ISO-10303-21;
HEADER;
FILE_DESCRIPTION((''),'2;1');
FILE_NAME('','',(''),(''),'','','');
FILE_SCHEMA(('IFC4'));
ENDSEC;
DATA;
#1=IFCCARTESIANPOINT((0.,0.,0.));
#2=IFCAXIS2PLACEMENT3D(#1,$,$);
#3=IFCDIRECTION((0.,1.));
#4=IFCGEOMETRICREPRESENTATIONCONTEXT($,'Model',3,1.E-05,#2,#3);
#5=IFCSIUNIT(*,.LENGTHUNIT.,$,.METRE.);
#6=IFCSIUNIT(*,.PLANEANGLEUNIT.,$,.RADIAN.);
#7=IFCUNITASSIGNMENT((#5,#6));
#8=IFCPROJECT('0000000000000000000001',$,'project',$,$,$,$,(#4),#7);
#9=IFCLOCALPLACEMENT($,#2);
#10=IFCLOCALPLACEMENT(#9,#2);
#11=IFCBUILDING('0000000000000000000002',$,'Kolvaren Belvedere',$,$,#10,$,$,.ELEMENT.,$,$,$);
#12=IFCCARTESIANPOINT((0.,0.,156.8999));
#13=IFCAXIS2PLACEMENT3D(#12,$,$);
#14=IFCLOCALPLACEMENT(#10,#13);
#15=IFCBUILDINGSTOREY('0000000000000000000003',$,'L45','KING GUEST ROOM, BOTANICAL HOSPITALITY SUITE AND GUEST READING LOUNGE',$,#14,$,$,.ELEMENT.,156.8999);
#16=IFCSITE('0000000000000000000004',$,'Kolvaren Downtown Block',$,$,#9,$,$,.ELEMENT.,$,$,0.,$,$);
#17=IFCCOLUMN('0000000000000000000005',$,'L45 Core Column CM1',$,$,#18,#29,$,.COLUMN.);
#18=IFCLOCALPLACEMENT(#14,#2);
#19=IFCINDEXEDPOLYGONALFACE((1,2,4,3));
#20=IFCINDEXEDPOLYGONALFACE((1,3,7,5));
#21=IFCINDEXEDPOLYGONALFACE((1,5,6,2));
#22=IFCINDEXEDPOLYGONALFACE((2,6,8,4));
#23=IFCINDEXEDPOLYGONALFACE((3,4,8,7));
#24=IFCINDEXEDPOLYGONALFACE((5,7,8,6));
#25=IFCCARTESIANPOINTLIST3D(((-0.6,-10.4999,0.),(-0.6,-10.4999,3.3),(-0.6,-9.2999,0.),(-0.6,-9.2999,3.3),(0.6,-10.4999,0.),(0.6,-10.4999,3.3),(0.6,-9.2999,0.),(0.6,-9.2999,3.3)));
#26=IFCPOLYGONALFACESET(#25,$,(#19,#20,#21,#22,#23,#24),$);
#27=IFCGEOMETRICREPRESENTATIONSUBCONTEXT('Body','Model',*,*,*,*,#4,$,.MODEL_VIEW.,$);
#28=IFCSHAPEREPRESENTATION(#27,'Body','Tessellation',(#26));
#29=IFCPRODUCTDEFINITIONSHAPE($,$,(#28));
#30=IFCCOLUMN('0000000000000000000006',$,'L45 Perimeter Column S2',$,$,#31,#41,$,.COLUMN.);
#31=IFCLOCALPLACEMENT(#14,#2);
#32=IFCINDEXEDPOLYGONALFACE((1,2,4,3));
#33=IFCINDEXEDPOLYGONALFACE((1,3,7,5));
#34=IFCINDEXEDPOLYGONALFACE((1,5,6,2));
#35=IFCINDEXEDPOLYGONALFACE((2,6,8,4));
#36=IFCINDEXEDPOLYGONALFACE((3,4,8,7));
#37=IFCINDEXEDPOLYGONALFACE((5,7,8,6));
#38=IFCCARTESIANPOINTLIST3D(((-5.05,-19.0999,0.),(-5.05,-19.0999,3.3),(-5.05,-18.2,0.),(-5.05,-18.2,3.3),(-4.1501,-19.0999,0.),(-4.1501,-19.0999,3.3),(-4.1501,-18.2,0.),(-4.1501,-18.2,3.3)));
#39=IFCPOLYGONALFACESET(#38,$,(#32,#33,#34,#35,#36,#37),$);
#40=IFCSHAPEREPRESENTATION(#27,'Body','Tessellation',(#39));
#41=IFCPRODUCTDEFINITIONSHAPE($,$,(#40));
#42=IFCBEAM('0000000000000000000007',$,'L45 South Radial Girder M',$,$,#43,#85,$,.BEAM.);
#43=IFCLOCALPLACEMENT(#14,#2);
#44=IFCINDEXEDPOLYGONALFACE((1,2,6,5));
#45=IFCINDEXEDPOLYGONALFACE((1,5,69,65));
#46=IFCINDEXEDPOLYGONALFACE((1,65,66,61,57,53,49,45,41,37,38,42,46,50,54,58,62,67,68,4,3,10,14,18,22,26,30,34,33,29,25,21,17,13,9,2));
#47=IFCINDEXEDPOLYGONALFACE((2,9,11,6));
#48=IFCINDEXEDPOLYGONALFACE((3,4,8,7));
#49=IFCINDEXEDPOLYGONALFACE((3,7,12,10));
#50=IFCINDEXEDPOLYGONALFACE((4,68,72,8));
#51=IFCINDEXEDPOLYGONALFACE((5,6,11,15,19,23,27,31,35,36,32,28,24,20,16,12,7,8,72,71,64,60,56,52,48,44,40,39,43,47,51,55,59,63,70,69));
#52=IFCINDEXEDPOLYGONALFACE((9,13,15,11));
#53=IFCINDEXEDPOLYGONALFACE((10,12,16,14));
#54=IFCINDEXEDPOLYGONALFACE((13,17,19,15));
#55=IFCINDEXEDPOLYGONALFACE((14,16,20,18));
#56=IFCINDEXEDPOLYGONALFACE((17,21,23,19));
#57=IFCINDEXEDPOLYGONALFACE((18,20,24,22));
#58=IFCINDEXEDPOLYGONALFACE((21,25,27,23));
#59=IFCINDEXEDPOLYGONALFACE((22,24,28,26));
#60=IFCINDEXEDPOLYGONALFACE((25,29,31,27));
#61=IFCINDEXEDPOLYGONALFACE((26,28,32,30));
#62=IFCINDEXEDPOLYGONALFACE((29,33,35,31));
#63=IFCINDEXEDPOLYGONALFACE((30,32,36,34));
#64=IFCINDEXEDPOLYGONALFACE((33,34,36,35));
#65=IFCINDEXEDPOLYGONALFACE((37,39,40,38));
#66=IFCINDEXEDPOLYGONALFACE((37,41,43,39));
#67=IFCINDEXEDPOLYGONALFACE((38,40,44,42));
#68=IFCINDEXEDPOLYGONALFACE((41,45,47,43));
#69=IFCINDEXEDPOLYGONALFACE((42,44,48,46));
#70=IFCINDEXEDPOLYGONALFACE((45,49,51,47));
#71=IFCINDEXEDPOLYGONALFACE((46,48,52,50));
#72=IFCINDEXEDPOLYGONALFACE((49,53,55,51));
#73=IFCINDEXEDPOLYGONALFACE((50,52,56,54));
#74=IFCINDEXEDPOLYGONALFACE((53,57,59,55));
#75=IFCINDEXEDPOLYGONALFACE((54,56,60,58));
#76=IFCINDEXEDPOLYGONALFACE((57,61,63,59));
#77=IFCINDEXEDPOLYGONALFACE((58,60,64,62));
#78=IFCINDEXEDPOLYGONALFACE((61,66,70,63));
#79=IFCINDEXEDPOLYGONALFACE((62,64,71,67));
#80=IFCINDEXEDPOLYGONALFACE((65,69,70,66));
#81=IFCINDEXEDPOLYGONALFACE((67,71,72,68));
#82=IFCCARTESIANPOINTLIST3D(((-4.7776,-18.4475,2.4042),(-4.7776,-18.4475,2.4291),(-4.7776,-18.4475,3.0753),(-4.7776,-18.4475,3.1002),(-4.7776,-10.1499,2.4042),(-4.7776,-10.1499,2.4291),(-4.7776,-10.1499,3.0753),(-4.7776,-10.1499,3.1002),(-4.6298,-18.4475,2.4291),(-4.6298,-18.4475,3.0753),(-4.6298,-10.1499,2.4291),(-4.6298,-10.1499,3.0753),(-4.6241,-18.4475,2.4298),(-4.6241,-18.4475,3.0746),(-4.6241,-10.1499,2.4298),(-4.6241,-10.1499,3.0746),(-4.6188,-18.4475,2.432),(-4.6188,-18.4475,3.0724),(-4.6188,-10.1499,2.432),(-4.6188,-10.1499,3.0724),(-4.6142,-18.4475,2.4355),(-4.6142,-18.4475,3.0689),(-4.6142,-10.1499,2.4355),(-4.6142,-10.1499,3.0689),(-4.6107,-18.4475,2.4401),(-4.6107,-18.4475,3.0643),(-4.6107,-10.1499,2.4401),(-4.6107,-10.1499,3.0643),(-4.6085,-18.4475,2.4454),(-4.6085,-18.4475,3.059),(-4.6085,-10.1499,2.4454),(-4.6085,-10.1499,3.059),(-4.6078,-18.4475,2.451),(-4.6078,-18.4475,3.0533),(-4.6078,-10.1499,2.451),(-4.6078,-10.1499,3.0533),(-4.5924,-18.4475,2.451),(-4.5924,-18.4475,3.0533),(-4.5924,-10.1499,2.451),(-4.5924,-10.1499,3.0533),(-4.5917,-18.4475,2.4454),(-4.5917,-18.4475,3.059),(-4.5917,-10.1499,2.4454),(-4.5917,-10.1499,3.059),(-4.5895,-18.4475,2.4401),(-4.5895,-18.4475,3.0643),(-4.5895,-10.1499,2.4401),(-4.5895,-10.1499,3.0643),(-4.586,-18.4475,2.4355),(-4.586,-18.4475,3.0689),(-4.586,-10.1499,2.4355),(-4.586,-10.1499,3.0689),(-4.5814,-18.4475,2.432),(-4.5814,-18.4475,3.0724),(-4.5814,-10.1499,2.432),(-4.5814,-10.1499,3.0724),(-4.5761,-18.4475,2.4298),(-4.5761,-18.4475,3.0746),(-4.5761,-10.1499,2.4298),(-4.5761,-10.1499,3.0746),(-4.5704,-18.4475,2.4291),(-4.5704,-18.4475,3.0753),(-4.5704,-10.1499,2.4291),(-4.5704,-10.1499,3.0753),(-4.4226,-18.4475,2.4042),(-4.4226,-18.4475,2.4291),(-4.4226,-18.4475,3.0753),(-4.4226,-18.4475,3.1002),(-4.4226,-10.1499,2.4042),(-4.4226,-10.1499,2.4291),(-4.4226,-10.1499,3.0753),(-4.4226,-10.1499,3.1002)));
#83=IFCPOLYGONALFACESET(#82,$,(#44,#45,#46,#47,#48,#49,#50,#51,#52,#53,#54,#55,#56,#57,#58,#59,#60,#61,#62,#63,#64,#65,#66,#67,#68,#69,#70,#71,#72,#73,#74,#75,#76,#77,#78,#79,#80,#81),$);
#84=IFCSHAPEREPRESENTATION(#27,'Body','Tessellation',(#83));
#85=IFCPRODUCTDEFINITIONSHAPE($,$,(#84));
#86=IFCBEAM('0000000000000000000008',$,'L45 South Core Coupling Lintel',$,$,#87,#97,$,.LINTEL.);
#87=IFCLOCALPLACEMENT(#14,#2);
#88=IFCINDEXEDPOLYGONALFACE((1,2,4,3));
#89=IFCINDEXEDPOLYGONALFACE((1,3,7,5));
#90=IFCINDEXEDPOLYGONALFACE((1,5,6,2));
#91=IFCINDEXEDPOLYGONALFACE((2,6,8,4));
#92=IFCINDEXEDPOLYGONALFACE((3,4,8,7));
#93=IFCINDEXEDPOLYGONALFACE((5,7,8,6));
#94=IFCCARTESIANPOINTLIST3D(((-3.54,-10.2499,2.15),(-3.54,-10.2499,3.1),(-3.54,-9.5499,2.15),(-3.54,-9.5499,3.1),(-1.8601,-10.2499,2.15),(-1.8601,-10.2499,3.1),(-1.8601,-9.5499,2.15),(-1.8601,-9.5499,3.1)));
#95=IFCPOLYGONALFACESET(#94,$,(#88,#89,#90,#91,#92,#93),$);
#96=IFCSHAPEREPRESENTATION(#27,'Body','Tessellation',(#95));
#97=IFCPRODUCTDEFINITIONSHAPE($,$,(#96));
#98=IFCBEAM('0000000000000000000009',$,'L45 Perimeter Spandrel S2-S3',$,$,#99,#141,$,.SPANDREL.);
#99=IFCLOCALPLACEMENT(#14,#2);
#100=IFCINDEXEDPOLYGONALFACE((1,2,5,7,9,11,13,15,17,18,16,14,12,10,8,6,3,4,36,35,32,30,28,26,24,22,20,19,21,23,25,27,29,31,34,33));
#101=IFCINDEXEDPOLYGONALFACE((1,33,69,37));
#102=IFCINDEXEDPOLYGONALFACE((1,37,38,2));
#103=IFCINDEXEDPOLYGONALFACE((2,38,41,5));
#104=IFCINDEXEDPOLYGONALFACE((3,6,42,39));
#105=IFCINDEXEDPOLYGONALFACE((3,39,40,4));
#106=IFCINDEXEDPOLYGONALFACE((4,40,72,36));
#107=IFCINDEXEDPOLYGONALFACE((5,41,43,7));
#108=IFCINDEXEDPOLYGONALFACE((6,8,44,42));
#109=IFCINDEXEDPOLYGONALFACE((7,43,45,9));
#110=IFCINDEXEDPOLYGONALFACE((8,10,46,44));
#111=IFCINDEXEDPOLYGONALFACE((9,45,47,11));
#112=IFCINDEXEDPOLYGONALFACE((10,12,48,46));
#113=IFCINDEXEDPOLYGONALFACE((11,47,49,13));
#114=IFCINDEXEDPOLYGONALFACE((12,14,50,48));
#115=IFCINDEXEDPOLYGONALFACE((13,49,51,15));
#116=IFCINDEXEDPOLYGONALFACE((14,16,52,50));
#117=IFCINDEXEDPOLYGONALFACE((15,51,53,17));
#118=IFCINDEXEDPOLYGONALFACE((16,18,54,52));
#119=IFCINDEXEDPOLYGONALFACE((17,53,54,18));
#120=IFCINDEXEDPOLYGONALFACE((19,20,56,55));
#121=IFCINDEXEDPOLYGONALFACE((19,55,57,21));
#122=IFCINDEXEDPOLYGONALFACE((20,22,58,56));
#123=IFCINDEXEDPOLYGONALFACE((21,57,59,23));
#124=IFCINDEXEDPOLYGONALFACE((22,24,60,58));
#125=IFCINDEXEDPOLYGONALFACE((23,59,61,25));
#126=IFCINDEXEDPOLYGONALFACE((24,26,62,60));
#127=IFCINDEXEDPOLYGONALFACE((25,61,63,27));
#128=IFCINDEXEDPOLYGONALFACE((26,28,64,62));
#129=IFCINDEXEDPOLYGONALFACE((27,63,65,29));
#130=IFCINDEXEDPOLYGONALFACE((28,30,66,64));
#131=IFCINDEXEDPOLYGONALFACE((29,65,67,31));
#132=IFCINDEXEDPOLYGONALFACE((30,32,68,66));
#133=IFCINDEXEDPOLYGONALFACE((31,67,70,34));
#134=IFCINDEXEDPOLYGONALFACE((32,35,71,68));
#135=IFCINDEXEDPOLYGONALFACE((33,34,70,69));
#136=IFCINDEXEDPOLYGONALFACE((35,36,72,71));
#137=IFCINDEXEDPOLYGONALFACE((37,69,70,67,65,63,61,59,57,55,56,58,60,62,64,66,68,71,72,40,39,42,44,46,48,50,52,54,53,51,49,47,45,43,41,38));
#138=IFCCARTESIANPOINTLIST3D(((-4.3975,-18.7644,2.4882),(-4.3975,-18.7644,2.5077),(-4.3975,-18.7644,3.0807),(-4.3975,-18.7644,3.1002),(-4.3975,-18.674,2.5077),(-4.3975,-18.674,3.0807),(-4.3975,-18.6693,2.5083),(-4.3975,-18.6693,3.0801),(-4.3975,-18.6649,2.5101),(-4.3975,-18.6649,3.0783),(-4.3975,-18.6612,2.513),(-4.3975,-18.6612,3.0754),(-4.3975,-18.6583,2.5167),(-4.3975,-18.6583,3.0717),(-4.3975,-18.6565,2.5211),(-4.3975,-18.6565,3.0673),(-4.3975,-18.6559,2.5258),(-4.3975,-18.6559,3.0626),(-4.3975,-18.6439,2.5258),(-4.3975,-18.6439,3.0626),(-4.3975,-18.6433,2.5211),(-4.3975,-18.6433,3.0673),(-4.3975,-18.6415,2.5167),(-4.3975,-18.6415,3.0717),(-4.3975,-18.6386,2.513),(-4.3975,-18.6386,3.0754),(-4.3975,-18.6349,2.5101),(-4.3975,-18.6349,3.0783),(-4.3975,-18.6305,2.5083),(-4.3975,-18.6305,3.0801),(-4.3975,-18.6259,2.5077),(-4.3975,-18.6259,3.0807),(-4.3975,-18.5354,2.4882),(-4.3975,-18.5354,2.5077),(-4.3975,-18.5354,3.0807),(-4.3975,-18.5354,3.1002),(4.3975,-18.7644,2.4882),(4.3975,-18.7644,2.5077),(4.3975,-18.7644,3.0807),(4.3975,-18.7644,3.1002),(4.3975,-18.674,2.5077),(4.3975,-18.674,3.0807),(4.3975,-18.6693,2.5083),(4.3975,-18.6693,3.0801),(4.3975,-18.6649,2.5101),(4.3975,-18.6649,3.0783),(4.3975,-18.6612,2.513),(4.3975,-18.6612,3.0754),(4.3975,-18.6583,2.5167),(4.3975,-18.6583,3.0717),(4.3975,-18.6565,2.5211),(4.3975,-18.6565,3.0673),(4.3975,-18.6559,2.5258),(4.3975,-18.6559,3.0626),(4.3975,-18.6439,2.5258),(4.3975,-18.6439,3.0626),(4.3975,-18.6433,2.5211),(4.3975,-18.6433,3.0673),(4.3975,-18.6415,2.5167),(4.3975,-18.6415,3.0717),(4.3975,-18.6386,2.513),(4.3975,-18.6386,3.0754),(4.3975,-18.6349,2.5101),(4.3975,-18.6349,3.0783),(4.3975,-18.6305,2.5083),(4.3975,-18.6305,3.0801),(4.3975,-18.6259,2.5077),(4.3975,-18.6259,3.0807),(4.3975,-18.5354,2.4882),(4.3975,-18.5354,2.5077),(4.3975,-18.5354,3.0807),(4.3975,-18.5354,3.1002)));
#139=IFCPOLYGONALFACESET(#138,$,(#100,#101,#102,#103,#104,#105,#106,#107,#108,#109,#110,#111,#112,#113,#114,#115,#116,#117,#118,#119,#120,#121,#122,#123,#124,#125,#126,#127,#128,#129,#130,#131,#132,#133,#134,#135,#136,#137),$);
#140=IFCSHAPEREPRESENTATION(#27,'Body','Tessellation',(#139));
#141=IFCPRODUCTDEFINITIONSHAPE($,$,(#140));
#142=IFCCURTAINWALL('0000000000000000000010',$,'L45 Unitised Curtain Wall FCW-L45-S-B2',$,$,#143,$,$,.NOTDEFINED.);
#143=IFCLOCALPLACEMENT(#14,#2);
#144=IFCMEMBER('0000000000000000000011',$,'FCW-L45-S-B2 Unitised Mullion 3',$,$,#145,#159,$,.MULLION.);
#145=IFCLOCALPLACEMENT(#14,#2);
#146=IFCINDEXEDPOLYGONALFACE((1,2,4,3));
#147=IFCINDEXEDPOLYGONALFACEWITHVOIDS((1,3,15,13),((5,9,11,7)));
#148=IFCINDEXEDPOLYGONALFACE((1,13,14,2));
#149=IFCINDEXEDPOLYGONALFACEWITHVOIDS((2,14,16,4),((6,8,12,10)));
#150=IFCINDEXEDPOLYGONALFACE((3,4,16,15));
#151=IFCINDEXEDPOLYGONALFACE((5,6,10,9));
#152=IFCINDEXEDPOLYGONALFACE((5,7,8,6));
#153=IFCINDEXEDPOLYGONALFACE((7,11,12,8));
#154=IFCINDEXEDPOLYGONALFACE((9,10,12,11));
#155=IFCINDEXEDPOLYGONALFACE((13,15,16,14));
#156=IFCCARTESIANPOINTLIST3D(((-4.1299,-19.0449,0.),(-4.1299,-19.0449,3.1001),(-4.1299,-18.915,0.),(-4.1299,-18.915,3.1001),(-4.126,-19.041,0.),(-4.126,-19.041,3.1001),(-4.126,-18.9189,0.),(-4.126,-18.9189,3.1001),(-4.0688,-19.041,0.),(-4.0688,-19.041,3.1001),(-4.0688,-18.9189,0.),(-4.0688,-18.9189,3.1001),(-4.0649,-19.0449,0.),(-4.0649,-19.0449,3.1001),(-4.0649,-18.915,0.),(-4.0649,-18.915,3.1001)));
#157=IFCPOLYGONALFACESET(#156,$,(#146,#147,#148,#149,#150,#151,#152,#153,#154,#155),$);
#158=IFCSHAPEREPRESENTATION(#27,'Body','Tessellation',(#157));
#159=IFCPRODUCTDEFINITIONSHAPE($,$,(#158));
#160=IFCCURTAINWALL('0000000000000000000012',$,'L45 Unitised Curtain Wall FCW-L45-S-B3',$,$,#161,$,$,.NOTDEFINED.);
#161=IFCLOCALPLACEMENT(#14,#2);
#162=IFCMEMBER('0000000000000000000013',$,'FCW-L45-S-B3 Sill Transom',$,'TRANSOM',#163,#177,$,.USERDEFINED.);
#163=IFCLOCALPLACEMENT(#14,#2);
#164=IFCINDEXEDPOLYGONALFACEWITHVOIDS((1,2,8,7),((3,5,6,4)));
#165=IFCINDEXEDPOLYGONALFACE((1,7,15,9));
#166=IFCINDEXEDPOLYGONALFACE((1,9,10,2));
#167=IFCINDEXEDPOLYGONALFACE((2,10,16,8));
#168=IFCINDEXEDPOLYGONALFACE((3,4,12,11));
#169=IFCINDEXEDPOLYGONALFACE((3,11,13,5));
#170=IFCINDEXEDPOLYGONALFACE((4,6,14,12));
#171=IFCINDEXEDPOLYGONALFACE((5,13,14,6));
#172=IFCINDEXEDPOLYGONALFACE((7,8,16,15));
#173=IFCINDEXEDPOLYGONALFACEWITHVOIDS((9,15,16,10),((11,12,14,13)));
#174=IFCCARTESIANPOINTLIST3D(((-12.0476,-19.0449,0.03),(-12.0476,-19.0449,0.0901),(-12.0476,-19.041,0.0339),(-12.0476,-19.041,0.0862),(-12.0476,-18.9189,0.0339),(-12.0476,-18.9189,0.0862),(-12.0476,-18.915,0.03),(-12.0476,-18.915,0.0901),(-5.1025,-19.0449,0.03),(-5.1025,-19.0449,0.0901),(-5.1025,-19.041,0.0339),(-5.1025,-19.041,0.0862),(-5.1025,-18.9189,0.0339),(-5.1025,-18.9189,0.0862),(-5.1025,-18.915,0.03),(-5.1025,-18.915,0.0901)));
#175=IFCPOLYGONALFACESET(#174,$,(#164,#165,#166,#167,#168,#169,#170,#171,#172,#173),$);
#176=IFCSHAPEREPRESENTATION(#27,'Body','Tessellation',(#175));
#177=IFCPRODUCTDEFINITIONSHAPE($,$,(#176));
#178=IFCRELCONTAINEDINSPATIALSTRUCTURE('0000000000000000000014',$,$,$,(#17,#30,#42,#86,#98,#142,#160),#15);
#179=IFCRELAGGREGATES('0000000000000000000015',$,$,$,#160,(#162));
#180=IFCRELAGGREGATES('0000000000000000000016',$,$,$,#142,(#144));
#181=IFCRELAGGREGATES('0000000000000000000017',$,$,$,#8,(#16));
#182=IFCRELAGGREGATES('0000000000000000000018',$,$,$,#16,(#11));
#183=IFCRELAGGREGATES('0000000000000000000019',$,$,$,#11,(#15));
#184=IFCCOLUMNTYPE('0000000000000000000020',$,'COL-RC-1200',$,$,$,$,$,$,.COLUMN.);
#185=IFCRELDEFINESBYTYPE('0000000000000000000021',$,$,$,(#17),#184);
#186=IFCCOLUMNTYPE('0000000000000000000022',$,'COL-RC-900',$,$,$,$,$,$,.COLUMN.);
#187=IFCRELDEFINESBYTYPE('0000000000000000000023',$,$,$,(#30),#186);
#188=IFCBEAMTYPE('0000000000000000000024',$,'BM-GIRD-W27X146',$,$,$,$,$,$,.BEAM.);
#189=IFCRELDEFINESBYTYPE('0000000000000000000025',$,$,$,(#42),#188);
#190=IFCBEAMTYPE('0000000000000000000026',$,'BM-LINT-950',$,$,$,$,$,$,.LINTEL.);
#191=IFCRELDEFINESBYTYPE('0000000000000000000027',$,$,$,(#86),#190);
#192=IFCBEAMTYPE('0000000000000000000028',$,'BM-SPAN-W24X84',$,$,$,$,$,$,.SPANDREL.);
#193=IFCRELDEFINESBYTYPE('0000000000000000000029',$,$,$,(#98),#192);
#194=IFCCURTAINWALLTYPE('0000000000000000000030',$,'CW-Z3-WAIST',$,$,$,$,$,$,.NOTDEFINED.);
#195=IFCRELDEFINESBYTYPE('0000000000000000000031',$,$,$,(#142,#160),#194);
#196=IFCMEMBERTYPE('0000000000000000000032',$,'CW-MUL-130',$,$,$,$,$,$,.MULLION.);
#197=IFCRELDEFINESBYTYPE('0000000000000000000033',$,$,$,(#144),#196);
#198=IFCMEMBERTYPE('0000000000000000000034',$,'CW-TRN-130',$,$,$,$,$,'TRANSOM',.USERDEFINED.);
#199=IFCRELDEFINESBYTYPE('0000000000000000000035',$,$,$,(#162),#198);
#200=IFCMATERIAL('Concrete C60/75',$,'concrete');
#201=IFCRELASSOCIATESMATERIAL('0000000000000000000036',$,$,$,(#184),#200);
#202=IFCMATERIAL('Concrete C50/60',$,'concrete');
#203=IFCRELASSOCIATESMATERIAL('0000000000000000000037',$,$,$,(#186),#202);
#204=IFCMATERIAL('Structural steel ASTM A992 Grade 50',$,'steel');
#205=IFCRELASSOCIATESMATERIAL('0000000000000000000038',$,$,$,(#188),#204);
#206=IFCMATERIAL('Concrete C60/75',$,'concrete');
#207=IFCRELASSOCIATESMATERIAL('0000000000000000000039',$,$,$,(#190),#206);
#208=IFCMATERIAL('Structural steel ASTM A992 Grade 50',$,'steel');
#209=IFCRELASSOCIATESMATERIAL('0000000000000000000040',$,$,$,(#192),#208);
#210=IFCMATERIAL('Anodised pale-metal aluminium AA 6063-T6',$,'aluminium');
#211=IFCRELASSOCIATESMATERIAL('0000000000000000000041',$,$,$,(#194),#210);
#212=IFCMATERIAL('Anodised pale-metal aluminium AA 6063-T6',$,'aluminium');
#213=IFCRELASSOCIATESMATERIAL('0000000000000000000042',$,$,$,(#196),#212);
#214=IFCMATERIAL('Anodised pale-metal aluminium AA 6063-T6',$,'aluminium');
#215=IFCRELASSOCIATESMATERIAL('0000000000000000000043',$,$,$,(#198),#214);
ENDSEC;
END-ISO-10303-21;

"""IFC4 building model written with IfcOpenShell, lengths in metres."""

from ifc_helpers import new_model, si_unit, direction, frame, origin, origin_2d, place, context, subcontext, project, spatial, rectangle, hollow_rectangle, i_section, extrude, material, material_profile, profile_set, type_object, element, aggregate, save


model = new_model("IFC4")

# Units and contexts
model_context = context("Model", 3, precision=1e-05, world=origin(), true_north=direction((0.0, 1.0)))
body_context = subcontext(model_context, "Body", "Model", "MODEL_VIEW")
ifc_project = project(units=[si_unit("LENGTHUNIT", "METRE"), si_unit("PLANEANGLEUNIT", "RADIAN")], contexts=[model_context])

# Site, building, storey
site_placement = place(None, origin())
site = spatial("IfcSite", under=ifc_project, at=site_placement, Name="Kolvaren Downtown Block", CompositionType="ELEMENT", RefElevation=0.0)
building_placement = place(site_placement, origin())
building = spatial("IfcBuilding", under=site, at=building_placement, Name="Kolvaren Belvedere", CompositionType="ELEMENT")
storey_placement = place(building_placement, frame((0.0, 0.0, 156.8999)))
storey = spatial("IfcBuildingStorey", under=building, at=storey_placement, Name="L45", Description="KING GUEST ROOM, BOTANICAL HOSPITALITY SUITE AND GUEST READING LOUNGE", CompositionType="ELEMENT", Elevation=156.8999)

# Columns
ifc_material_1 = material(Name="Concrete C60/75", Category="concrete")
ifc_material_profile_1 = material_profile(ifc_material_1, rectangle(XDim=1.2, YDim=1.2, at=origin_2d()), Name="RC 1200X1200")
ifc_profile_set_1 = profile_set([ifc_material_profile_1], Name="Concrete C60/75")
column_type_1 = type_object("IfcColumnType", Name="COL-RC-1200", PredefinedType="COLUMN", material=ifc_profile_set_1)
column_1_placement = place(storey_placement, frame((0.0, -9.8999, 0.0), z_axis=(0.0, 0.0, 1.0), x_axis=(1.0, 0.0, 0.0)))
element("IfcColumn", 1, at=column_1_placement, inside=storey, type_object=column_type_1, Name="L45 Core Column CM1", PredefinedType="COLUMN", context=body_context, shape_type="SweptSolid", body=[
    extrude(rectangle(XDim=1.2, YDim=1.2, at=origin_2d()), origin(), (0.0, 0.0, 1.0), 3.3),
])
ifc_material_2 = material(Name="Concrete C50/60", Category="concrete")
ifc_material_profile_2 = material_profile(ifc_material_2, rectangle(XDim=0.8999, YDim=0.8999, at=origin_2d()), Name="RC 900X900")
ifc_profile_set_2 = profile_set([ifc_material_profile_2], Name="Concrete C50/60")
column_type_2 = type_object("IfcColumnType", Name="COL-RC-900", PredefinedType="COLUMN", material=ifc_profile_set_2)
column_2_placement = place(storey_placement, frame((-4.6001, -18.6499, 0.0), z_axis=(0.0, 0.0, 1.0), x_axis=(1.0, 0.0, 0.0)))
element("IfcColumn", 2, at=column_2_placement, inside=storey, type_object=column_type_2, Name="L45 Perimeter Column S2", PredefinedType="COLUMN", context=body_context, shape_type="SweptSolid", body=[
    extrude(rectangle(XDim=0.8999, YDim=0.8999, at=origin_2d()), origin(), (0.0, 0.0, 1.0), 3.3),
])

# Beams
ifc_material_3 = material(Name="Structural steel ASTM A992 Grade 50", Category="steel")
ifc_material_profile_3 = material_profile(ifc_material_3, i_section(OverallWidth=0.355, OverallDepth=0.696, WebThickness=0.0154, FlangeThickness=0.0249, FilletRadius=0.022, at=origin_2d()), Name="W27X146")
ifc_profile_set_3 = profile_set([ifc_material_profile_3], Name="Structural steel ASTM A992 Grade 50")
beam_type_1 = type_object("IfcBeamType", Name="BM-GIRD-W27X146", PredefinedType="BEAM", material=ifc_profile_set_3)
beam_1_placement = place(storey_placement, frame((-4.6001, -10.1499, 2.7522), z_axis=(0.0, -1.0, 0.0), x_axis=(1.0, 0.0, 0.0)))
element("IfcBeam", 3, at=beam_1_placement, inside=storey, type_object=beam_type_1, Name="L45 South Radial Girder M", PredefinedType="BEAM", context=body_context, shape_type="SweptSolid", body=[
    extrude(i_section(OverallWidth=0.355, OverallDepth=0.696, WebThickness=0.0154, FlangeThickness=0.0249, FilletRadius=0.022, at=origin_2d()), origin(), (0.0, 0.0, 1.0), 8.2976),
])
ifc_material_4 = material(Name="Concrete C60/75", Category="concrete")
ifc_material_profile_4 = material_profile(ifc_material_4, rectangle(XDim=0.7, YDim=0.95, at=origin_2d()), Name="RC 700X950")
ifc_profile_set_4 = profile_set([ifc_material_profile_4], Name="Concrete C60/75")
beam_type_2 = type_object("IfcBeamType", Name="BM-LINT-950", PredefinedType="LINTEL", material=ifc_profile_set_4)
beam_2_placement = place(storey_placement, frame((-3.54, -9.8999, 2.625), z_axis=(1.0, 0.0, 0.0), x_axis=(0.0, 1.0, 0.0)))
element("IfcBeam", 4, at=beam_2_placement, inside=storey, type_object=beam_type_2, Name="L45 South Core Coupling Lintel", PredefinedType="LINTEL", context=body_context, shape_type="SweptSolid", body=[
    extrude(rectangle(XDim=0.7, YDim=0.95, at=origin_2d()), origin(), (0.0, 0.0, 1.0), 1.6799),
])
ifc_material_5 = material(Name="Structural steel ASTM A992 Grade 50", Category="steel")
ifc_material_profile_5 = material_profile(ifc_material_5, i_section(OverallWidth=0.229, OverallDepth=0.6121, WebThickness=0.012, FlangeThickness=0.0195, FilletRadius=0.0181, at=origin_2d()), Name="W24X84")
ifc_profile_set_5 = profile_set([ifc_material_profile_5], Name="Structural steel ASTM A992 Grade 50")
beam_type_3 = type_object("IfcBeamType", Name="BM-SPAN-W24X84", PredefinedType="SPANDREL", material=ifc_profile_set_5)
beam_3_placement = place(storey_placement, frame((-4.3975, -18.6499, 2.7942), z_axis=(1.0, 0.0, 0.0), x_axis=(0.0, 1.0, 0.0)))
element("IfcBeam", 5, at=beam_3_placement, inside=storey, type_object=beam_type_3, Name="L45 Perimeter Spandrel S2-S3", PredefinedType="SPANDREL", context=body_context, shape_type="SweptSolid", body=[
    extrude(i_section(OverallWidth=0.229, OverallDepth=0.6121, WebThickness=0.012, FlangeThickness=0.0195, FilletRadius=0.0181, at=origin_2d()), origin(), (0.0, 0.0, 1.0), 8.7949),
])

# Curtain wall, member
ifc_material_6 = material(Name="Anodised pale-metal aluminium AA 6063-T6", Category="aluminium")
curtain_wall_type = type_object("IfcCurtainWallType", Name="CW-Z3-WAIST", PredefinedType="NOTDEFINED", material=ifc_material_6)
curtain_wall_1_placement = place(storey_placement, origin())
curtain_wall_1 = element("IfcCurtainWall", 6, at=curtain_wall_1_placement, inside=storey, type_object=curtain_wall_type, Name="L45 Unitised Curtain Wall FCW-L45-S-B2", PredefinedType="NOTDEFINED")
ifc_material_7 = material(Name="Anodised pale-metal aluminium AA 6063-T6", Category="aluminium")
ifc_material_profile_6 = material_profile(ifc_material_7, hollow_rectangle(XDim=0.0649, YDim=0.1299, WallThickness=0.0039, at=origin_2d()), Name="ALU-MUL-130X65")
ifc_profile_set_6 = profile_set([ifc_material_profile_6], Name="Anodised pale-metal aluminium AA 6063-T6")
member_type_1 = type_object("IfcMemberType", Name="CW-MUL-130", PredefinedType="MULLION", material=ifc_profile_set_6)
member_1_placement = place(storey_placement, frame((-4.0974, -18.98, 0.0), z_axis=(0.0, 0.0, 1.0), x_axis=(1.0, 0.0, 0.0)))
member_1 = element("IfcMember", 7, at=member_1_placement, type_object=member_type_1, Name="FCW-L45-S-B2 Unitised Mullion 3", PredefinedType="MULLION", context=body_context, shape_type="SweptSolid", body=[
    extrude(hollow_rectangle(XDim=0.0649, YDim=0.1299, WallThickness=0.0039, at=origin_2d()), origin(), (0.0, 0.0, 1.0), 3.1001),
])

# Curtain wall, member
curtain_wall_2_placement = place(storey_placement, origin())
curtain_wall_2 = element("IfcCurtainWall", 8, at=curtain_wall_2_placement, inside=storey, type_object=curtain_wall_type, Name="L45 Unitised Curtain Wall FCW-L45-S-B3", PredefinedType="NOTDEFINED")
ifc_material_8 = material(Name="Anodised pale-metal aluminium AA 6063-T6", Category="aluminium")
ifc_material_profile_7 = material_profile(ifc_material_8, hollow_rectangle(XDim=0.0601, YDim=0.1299, WallThickness=0.0039, at=origin_2d()), Name="ALU-TRN-130X60")
ifc_profile_set_7 = profile_set([ifc_material_profile_7], Name="Anodised pale-metal aluminium AA 6063-T6")
member_type_2 = type_object("IfcMemberType", Name="CW-TRN-130", ElementType="TRANSOM", PredefinedType="USERDEFINED", material=ifc_profile_set_7)
member_2_placement = place(storey_placement, frame((-5.1025, -18.98, 0.0601), z_axis=(-1.0, 0.0, 0.0), x_axis=(0.0, 0.0, 1.0)))
member_2 = element("IfcMember", 9, at=member_2_placement, type_object=member_type_2, Name="FCW-L45-S-B3 Sill Transom", ObjectType="TRANSOM", PredefinedType="USERDEFINED", context=body_context, shape_type="SweptSolid", body=[
    extrude(hollow_rectangle(XDim=0.0601, YDim=0.1299, WallThickness=0.0039, at=origin_2d()), origin(), (0.0, 0.0, 1.0), 6.9451),
])
aggregate(curtain_wall_2, [member_2])

aggregate(curtain_wall_1, [member_1])

save(model, "model.ifc")
